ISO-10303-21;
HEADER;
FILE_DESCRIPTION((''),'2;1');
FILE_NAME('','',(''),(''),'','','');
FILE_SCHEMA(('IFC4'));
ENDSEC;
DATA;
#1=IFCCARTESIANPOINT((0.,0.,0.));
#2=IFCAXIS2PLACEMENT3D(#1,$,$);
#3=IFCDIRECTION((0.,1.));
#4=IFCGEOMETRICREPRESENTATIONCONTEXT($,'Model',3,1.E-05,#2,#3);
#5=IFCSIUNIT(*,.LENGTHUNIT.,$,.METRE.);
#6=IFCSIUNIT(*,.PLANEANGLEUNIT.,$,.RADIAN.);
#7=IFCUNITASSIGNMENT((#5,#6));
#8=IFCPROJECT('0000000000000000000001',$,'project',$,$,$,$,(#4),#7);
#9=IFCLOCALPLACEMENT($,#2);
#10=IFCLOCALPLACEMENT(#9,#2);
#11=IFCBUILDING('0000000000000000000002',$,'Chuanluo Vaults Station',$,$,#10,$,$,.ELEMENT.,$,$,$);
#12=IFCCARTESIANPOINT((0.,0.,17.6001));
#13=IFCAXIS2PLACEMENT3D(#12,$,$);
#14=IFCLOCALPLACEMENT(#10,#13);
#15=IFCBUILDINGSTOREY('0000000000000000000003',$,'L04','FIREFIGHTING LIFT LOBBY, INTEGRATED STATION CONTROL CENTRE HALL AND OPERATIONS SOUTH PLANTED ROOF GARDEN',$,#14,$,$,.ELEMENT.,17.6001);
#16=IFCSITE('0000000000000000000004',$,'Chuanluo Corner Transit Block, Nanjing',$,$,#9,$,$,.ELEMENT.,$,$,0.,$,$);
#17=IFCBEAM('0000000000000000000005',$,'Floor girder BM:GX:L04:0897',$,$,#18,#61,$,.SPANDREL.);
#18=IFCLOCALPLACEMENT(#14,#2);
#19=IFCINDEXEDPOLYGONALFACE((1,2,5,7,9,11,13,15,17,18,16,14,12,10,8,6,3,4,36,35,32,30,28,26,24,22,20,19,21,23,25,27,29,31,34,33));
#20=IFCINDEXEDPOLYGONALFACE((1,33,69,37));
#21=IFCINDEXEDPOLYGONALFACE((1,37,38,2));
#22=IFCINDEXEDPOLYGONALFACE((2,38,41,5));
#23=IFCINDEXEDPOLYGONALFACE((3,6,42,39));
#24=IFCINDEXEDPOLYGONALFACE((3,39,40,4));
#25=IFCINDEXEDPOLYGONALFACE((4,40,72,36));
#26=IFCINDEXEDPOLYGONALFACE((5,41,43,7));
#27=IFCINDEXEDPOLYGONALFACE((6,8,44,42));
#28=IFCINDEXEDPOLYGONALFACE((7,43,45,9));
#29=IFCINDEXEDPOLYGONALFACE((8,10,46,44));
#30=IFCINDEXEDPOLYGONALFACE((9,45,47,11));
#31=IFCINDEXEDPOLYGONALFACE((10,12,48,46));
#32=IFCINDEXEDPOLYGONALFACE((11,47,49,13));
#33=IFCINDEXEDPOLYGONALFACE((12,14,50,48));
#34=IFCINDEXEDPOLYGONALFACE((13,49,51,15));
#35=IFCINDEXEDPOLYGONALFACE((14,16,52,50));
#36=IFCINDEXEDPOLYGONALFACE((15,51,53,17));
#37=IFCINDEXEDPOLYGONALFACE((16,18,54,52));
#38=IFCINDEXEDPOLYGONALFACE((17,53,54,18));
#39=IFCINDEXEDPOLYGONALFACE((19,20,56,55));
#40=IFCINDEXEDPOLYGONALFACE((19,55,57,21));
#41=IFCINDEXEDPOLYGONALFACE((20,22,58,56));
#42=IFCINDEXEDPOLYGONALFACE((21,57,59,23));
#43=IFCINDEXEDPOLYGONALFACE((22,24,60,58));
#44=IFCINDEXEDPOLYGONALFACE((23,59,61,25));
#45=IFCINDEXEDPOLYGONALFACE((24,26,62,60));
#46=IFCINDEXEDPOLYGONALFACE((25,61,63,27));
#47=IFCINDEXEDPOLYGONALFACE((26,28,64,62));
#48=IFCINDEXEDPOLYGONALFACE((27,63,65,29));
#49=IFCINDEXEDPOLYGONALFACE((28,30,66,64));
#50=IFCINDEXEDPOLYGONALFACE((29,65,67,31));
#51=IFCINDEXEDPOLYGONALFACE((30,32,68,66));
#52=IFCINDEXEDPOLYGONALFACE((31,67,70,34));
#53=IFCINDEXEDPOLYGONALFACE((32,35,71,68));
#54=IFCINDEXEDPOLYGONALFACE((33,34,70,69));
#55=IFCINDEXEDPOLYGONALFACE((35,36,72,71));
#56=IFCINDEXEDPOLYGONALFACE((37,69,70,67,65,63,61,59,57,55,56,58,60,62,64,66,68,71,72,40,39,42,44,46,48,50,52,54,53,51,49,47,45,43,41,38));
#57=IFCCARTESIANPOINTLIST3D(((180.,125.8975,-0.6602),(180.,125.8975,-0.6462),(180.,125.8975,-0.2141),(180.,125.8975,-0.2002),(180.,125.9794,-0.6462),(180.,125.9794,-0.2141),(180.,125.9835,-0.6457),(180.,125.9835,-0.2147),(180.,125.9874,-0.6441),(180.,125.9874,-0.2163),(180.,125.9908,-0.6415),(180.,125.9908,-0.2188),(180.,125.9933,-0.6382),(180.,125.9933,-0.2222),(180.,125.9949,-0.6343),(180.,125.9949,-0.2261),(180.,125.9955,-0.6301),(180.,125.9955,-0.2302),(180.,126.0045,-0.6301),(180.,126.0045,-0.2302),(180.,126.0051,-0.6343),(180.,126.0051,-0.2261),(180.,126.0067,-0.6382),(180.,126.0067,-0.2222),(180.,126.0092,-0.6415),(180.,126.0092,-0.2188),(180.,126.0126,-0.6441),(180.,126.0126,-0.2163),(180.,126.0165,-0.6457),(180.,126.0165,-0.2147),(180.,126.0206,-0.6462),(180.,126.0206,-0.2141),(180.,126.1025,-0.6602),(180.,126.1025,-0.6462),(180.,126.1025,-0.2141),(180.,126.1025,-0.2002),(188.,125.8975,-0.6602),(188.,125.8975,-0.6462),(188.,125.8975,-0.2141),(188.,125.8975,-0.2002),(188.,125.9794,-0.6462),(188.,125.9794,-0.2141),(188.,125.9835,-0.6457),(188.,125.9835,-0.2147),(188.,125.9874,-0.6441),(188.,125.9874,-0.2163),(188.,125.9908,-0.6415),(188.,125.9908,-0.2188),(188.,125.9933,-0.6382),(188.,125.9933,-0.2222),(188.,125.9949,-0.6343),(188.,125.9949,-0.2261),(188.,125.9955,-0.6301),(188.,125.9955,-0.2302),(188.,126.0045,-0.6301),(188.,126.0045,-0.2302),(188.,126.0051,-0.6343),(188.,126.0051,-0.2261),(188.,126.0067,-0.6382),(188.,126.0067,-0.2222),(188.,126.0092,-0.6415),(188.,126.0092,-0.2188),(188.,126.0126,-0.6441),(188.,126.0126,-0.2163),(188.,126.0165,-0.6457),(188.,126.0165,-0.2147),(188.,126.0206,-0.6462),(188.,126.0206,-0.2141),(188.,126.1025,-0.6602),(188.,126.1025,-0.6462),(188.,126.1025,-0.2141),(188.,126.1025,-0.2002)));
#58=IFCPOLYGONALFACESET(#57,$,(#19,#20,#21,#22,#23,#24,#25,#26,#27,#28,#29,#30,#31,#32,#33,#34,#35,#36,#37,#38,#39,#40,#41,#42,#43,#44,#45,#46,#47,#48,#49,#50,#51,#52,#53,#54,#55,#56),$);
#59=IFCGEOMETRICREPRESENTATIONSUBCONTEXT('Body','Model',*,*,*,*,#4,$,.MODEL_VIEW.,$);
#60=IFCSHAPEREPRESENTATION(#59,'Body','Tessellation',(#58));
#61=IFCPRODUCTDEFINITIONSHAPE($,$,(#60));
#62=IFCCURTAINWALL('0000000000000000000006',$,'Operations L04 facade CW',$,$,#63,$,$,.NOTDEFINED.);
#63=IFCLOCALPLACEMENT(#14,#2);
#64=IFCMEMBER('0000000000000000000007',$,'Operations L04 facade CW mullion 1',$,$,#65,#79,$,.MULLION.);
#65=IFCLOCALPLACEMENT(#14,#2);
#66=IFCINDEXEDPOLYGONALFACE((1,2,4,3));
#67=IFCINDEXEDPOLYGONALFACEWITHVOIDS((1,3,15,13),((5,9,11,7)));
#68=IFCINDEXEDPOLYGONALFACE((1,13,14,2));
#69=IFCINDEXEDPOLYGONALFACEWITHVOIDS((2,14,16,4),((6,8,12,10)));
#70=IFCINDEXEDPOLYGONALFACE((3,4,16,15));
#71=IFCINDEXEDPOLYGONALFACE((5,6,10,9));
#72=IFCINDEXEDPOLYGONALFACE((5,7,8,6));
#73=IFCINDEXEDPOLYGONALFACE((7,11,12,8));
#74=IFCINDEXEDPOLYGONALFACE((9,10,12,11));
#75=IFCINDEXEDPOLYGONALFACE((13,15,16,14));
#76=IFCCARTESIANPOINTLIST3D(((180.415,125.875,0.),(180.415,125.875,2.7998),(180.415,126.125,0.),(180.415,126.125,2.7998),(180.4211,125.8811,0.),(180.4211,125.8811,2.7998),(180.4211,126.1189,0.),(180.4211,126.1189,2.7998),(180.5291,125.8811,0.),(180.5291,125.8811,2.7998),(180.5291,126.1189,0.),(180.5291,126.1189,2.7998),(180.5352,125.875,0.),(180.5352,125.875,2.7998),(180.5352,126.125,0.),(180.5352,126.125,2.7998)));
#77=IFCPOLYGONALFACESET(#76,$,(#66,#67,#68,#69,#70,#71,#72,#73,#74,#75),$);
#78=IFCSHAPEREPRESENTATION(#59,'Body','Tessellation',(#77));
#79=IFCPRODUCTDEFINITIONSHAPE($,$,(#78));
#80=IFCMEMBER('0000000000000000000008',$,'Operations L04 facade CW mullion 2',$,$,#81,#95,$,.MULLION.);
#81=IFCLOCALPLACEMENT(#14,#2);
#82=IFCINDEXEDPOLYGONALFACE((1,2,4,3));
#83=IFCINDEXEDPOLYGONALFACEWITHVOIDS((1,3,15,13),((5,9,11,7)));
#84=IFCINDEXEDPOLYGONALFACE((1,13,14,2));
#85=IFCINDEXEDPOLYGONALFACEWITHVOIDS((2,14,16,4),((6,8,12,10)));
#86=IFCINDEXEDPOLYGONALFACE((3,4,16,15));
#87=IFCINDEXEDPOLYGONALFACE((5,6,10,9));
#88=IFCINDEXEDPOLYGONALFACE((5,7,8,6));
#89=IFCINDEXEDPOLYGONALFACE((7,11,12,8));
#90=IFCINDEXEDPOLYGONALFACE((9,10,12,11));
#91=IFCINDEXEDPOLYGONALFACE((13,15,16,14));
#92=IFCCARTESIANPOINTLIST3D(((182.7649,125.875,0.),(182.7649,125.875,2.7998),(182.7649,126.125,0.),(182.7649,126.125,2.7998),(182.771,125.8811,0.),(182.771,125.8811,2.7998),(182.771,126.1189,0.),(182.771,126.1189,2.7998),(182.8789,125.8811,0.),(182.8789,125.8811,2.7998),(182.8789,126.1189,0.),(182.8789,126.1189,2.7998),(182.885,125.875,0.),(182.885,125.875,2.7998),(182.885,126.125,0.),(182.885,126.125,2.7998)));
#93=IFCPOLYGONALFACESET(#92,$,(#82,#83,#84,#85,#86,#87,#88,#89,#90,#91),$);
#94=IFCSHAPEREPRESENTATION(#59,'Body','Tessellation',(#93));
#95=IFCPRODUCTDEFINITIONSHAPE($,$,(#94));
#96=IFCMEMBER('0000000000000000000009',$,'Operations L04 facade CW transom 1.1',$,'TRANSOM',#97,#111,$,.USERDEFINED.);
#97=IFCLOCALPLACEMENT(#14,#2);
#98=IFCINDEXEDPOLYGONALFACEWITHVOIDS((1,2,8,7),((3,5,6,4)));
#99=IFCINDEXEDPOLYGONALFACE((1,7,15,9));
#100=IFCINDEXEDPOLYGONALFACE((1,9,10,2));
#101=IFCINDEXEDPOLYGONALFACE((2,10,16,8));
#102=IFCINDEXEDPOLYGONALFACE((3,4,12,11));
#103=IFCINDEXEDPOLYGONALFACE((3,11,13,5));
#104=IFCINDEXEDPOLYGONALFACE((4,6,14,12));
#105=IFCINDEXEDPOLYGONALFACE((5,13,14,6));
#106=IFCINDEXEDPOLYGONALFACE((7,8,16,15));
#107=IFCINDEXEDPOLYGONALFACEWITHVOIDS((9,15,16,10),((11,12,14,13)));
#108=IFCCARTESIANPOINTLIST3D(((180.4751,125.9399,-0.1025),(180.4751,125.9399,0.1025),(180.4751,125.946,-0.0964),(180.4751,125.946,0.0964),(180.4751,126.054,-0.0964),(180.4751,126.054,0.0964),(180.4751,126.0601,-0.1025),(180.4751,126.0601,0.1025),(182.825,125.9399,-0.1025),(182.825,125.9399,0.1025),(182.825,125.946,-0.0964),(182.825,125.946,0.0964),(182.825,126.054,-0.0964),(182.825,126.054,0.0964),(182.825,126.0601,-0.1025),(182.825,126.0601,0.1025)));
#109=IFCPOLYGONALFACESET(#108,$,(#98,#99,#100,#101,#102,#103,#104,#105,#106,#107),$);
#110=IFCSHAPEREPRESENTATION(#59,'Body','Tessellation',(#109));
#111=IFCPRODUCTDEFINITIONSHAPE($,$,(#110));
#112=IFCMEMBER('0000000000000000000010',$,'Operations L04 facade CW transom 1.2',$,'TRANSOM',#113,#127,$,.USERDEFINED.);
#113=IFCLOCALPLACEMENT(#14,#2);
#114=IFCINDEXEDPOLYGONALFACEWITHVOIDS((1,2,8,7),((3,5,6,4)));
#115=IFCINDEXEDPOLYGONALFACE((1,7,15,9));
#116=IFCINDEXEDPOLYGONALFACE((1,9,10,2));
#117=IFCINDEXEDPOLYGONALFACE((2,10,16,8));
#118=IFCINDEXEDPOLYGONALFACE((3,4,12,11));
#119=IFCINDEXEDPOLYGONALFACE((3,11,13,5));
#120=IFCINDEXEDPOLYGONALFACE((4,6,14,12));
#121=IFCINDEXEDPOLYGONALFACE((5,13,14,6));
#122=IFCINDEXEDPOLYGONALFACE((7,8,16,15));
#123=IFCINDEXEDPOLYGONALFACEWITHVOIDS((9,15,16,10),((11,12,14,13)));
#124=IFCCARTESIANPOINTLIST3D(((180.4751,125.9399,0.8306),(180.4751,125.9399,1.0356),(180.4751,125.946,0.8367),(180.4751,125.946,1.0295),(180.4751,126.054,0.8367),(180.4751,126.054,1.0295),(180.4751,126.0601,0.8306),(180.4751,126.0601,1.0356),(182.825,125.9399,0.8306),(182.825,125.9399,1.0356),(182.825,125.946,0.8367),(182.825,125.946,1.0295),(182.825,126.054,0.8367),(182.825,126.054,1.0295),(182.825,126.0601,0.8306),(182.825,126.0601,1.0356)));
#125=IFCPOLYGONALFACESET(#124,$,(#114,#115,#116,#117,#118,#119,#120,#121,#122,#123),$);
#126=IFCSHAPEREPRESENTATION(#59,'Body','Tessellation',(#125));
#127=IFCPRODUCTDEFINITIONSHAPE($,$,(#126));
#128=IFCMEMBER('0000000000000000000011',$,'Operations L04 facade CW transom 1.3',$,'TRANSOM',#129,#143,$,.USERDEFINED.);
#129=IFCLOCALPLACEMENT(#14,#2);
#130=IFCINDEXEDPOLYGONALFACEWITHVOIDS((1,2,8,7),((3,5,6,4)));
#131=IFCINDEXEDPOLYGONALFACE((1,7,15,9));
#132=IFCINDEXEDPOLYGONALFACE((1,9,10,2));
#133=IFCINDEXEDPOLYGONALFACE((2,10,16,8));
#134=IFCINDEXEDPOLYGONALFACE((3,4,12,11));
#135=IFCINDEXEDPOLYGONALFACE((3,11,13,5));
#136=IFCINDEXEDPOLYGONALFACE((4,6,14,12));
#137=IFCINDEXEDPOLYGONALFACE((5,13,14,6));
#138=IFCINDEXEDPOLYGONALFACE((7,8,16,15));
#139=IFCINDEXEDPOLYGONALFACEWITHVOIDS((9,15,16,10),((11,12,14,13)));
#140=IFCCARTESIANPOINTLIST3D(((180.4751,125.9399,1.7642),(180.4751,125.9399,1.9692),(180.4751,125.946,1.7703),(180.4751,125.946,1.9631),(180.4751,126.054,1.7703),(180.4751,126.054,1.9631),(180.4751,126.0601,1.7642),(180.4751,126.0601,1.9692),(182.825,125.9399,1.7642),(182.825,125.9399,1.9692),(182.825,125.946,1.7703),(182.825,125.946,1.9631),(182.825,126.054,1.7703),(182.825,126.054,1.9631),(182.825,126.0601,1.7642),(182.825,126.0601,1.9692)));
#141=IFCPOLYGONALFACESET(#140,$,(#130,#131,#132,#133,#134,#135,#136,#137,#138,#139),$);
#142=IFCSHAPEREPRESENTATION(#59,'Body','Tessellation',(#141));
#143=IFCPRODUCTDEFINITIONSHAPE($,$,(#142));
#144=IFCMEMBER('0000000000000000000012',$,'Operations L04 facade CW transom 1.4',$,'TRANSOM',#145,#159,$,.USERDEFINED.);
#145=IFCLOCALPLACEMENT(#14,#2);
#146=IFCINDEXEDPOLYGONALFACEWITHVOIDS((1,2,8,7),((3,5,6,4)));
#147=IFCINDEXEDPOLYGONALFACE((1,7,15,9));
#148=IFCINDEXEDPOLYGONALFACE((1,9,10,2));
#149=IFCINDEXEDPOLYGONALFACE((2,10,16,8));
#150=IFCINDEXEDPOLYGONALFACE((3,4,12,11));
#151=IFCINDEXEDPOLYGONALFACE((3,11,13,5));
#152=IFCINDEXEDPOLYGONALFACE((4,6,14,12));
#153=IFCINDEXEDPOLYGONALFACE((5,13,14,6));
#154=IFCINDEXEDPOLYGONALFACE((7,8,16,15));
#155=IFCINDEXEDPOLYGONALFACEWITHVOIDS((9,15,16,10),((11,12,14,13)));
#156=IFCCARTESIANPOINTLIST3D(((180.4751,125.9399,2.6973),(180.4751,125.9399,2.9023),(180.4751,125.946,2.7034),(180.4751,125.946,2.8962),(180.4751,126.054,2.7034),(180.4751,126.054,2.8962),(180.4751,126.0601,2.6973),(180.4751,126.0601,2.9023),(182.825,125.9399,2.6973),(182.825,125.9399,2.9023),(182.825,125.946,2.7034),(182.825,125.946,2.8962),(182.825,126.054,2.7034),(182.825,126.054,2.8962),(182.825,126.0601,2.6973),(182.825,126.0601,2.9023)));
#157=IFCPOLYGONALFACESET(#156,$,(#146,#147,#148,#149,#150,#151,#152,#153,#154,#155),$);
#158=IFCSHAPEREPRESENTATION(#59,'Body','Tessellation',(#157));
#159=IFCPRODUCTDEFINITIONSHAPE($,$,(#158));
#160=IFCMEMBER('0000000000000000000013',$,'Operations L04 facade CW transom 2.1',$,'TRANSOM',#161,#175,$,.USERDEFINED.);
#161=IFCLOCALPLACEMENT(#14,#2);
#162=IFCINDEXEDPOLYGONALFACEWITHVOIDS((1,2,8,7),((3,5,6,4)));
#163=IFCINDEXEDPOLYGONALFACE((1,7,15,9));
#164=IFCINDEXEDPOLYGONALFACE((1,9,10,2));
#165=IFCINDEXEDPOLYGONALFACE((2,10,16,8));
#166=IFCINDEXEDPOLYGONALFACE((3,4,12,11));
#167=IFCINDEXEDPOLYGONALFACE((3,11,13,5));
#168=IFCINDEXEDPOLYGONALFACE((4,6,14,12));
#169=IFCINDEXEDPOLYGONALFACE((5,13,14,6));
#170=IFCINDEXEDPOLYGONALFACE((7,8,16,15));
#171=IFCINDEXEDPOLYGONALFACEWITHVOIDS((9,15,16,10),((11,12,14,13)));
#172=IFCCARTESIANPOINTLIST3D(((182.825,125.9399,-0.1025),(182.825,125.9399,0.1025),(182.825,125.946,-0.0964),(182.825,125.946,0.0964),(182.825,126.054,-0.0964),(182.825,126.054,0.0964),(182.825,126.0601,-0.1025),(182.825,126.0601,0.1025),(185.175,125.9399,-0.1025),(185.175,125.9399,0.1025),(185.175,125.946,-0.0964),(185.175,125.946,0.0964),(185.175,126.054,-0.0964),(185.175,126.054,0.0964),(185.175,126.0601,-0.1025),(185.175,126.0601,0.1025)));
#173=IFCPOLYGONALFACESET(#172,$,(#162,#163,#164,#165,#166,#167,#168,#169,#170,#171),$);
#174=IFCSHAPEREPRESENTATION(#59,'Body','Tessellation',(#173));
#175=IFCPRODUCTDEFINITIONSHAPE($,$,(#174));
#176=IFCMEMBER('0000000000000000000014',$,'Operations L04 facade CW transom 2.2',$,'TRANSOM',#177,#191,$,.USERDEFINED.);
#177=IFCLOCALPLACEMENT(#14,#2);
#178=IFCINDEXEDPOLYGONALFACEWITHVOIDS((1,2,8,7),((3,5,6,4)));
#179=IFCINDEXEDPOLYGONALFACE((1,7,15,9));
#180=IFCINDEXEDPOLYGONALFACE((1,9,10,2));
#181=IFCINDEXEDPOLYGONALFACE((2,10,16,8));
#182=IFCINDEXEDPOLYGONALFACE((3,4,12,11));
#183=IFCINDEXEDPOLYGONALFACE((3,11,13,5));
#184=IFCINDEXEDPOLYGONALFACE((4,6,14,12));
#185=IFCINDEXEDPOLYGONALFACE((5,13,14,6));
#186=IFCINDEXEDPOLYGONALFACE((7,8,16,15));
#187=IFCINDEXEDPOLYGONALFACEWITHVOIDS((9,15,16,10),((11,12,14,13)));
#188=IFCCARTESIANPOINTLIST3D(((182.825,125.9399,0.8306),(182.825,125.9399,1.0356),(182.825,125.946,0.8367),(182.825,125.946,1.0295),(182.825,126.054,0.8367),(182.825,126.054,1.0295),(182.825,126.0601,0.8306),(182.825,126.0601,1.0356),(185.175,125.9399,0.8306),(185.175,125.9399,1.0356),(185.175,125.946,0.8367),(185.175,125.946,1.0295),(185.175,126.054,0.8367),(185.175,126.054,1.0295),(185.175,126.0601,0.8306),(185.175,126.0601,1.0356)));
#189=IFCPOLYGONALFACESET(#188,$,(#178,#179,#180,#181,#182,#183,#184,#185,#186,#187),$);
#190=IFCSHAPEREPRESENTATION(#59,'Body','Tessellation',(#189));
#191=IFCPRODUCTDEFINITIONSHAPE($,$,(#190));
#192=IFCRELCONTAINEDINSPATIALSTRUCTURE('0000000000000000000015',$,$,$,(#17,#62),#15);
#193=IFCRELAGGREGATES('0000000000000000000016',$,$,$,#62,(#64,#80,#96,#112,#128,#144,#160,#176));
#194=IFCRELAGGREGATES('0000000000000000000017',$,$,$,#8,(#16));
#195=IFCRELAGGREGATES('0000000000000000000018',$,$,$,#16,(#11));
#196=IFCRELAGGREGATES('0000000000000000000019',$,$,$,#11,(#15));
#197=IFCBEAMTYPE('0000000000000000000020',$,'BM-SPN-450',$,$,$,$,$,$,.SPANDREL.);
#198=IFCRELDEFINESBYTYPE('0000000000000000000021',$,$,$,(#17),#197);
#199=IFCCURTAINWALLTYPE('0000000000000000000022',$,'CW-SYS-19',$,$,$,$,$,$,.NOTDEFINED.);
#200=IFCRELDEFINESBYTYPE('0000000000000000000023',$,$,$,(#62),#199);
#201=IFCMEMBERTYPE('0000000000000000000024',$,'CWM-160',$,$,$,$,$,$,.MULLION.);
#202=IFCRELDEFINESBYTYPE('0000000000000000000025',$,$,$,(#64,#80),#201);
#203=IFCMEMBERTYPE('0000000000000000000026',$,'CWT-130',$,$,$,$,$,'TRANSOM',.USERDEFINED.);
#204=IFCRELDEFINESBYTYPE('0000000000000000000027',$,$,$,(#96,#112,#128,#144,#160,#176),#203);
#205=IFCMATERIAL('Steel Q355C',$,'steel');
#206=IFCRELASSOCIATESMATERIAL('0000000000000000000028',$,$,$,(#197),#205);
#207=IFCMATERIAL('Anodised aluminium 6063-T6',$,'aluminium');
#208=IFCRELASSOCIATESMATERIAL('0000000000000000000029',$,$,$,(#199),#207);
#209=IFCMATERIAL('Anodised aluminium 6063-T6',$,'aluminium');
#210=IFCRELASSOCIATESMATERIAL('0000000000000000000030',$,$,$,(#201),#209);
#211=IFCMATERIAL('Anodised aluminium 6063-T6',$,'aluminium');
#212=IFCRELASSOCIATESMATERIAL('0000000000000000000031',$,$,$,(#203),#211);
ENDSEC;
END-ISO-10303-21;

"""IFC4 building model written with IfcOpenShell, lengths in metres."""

from ifc_helpers import new_model, si_unit, direction, frame, origin, origin_2d, place, context, subcontext, project, spatial, hollow_rectangle, i_section, extrude, material, material_profile, profile_set, type_object, element, aggregate, save


model = new_model("IFC4")

# Units and contexts
model_context = context("Model", 3, precision=1e-05, world=origin(), true_north=direction((0.0, 1.0)))
body_context = subcontext(model_context, "Body", "Model", "MODEL_VIEW")
ifc_project = project(units=[si_unit("LENGTHUNIT", "METRE"), si_unit("PLANEANGLEUNIT", "RADIAN")], contexts=[model_context])

# Site, building, storey
site_placement = place(None, origin())
site = spatial("IfcSite", under=ifc_project, at=site_placement, Name="Chuanluo Corner Transit Block, Nanjing", CompositionType="ELEMENT", RefElevation=0.0)
building_placement = place(site_placement, origin())
building = spatial("IfcBuilding", under=site, at=building_placement, Name="Chuanluo Vaults Station", CompositionType="ELEMENT")
storey_placement = place(building_placement, frame((0.0, 0.0, 17.6001)))
storey = spatial("IfcBuildingStorey", under=building, at=storey_placement, Name="L04", Description="FIREFIGHTING LIFT LOBBY, INTEGRATED STATION CONTROL CENTRE HALL AND OPERATIONS SOUTH PLANTED ROOF GARDEN", CompositionType="ELEMENT", Elevation=17.6001)

# Beam
ifc_material_1 = material(Name="Steel Q355C", Category="steel")
ifc_material_profile_1 = material_profile(ifc_material_1, i_section(OverallWidth=0.2051, OverallDepth=0.46, WebThickness=0.009, FlangeThickness=0.0139, FilletRadius=0.0161, at=origin_2d()))
ifc_profile_set_1 = profile_set([ifc_material_profile_1], Name="Steel Q355C")
beam_type_1 = type_object("IfcBeamType", Name="BM-SPN-450", PredefinedType="SPANDREL", material=ifc_profile_set_1)
beam_1_placement = place(storey_placement, frame((180.0, 126.0, -0.4302), z_axis=(1.0, 0.0, 0.0), x_axis=(0.0, 1.0, 0.0)))
element("IfcBeam", 1, at=beam_1_placement, inside=storey, type_object=beam_type_1, Name="Floor girder BM:GX:L04:0897", PredefinedType="SPANDREL", context=body_context, shape_type="SweptSolid", body=[
    extrude(i_section(OverallWidth=0.2051, OverallDepth=0.46, WebThickness=0.009, FlangeThickness=0.0139, FilletRadius=0.0161, at=origin_2d()), origin(), (0.0, 0.0, 1.0), 8.0),
])

# Curtain wall, members
ifc_material_2 = material(Name="Anodised aluminium 6063-T6", Category="aluminium")
curtain_wall_type = type_object("IfcCurtainWallType", Name="CW-SYS-19", PredefinedType="NOTDEFINED", material=ifc_material_2)
curtain_wall_placement = place(storey_placement, origin())
curtain_wall = element("IfcCurtainWall", 2, at=curtain_wall_placement, inside=storey, type_object=curtain_wall_type, Name="Operations L04 facade CW", PredefinedType="NOTDEFINED")
ifc_material_3 = material(Name="Anodised aluminium 6063-T6", Category="aluminium")
ifc_material_profile_2 = material_profile(ifc_material_3, hollow_rectangle(XDim=0.1201, YDim=0.25, WallThickness=0.0061, at=origin_2d()))
ifc_profile_set_2 = profile_set([ifc_material_profile_2], Name="Anodised aluminium 6063-T6")
member_type_1 = type_object("IfcMemberType", Name="CWM-160", PredefinedType="MULLION", material=ifc_profile_set_2)
member_1_placement = place(storey_placement, frame((180.4751, 126.0, 0.0), z_axis=(0.0, 0.0, 1.0), x_axis=(1.0, 0.0, 0.0)))
member_1 = element("IfcMember", 3, at=member_1_placement, type_object=member_type_1, Name="Operations L04 facade CW mullion 1", PredefinedType="MULLION", context=body_context, shape_type="SweptSolid", body=[
    extrude(hollow_rectangle(XDim=0.1201, YDim=0.25, WallThickness=0.0061, at=origin_2d()), origin(), (0.0, 0.0, 1.0), 2.7998),
])
member_2_placement = place(storey_placement, frame((182.825, 126.0, 0.0), z_axis=(0.0, 0.0, 1.0), x_axis=(1.0, 0.0, 0.0)))
member_2 = element("IfcMember", 4, at=member_2_placement, type_object=member_type_1, Name="Operations L04 facade CW mullion 2", PredefinedType="MULLION", context=body_context, shape_type="SweptSolid", body=[
    extrude(hollow_rectangle(XDim=0.1201, YDim=0.25, WallThickness=0.0061, at=origin_2d()), origin(), (0.0, 0.0, 1.0), 2.7998),
])
ifc_material_4 = material(Name="Anodised aluminium 6063-T6", Category="aluminium")
ifc_material_profile_3 = material_profile(ifc_material_4, hollow_rectangle(XDim=0.1201, YDim=0.2051, WallThickness=0.0061, at=origin_2d()))
ifc_profile_set_3 = profile_set([ifc_material_profile_3], Name="Anodised aluminium 6063-T6")
member_type_2 = type_object("IfcMemberType", Name="CWT-130", ElementType="TRANSOM", PredefinedType="USERDEFINED", material=ifc_profile_set_3)
member_3_placement = place(storey_placement, frame((180.4751, 126.0, 0.0), z_axis=(1.0, 0.0, 0.0), x_axis=(0.0, 1.0, 0.0)))
member_3 = element("IfcMember", 5, at=member_3_placement, type_object=member_type_2, Name="Operations L04 facade CW transom 1.1", ObjectType="TRANSOM", PredefinedType="USERDEFINED", context=body_context, shape_type="SweptSolid", body=[
    extrude(hollow_rectangle(XDim=0.1201, YDim=0.2051, WallThickness=0.0061, at=origin_2d()), origin(), (0.0, 0.0, 1.0), 2.3499),
])
member_4_placement = place(storey_placement, frame((180.4751, 126.0, 0.9331), z_axis=(1.0, 0.0, 0.0), x_axis=(0.0, 1.0, 0.0)))
member_4 = element("IfcMember", 6, at=member_4_placement, type_object=member_type_2, Name="Operations L04 facade CW transom 1.2", ObjectType="TRANSOM", PredefinedType="USERDEFINED", context=body_context, shape_type="SweptSolid", body=[
    extrude(hollow_rectangle(XDim=0.1201, YDim=0.2051, WallThickness=0.0061, at=origin_2d()), origin(), (0.0, 0.0, 1.0), 2.3499),
])
member_5_placement = place(storey_placement, frame((180.4751, 126.0, 1.8667), z_axis=(1.0, 0.0, 0.0), x_axis=(0.0, 1.0, 0.0)))
member_5 = element("IfcMember", 7, at=member_5_placement, type_object=member_type_2, Name="Operations L04 facade CW transom 1.3", ObjectType="TRANSOM", PredefinedType="USERDEFINED", context=body_context, shape_type="SweptSolid", body=[
    extrude(hollow_rectangle(XDim=0.1201, YDim=0.2051, WallThickness=0.0061, at=origin_2d()), origin(), (0.0, 0.0, 1.0), 2.3499),
])
member_6_placement = place(storey_placement, frame((180.4751, 126.0, 2.7998), z_axis=(1.0, 0.0, 0.0), x_axis=(0.0, 1.0, 0.0)))
member_6 = element("IfcMember", 8, at=member_6_placement, type_object=member_type_2, Name="Operations L04 facade CW transom 1.4", ObjectType="TRANSOM", PredefinedType="USERDEFINED", context=body_context, shape_type="SweptSolid", body=[
    extrude(hollow_rectangle(XDim=0.1201, YDim=0.2051, WallThickness=0.0061, at=origin_2d()), origin(), (0.0, 0.0, 1.0), 2.3499),
])
member_7_placement = place(storey_placement, frame((182.825, 126.0, 0.0), z_axis=(1.0, 0.0, 0.0), x_axis=(0.0, 1.0, 0.0)))
member_7 = element("IfcMember", 9, at=member_7_placement, type_object=member_type_2, Name="Operations L04 facade CW transom 2.1", ObjectType="TRANSOM", PredefinedType="USERDEFINED", context=body_context, shape_type="SweptSolid", body=[
    extrude(hollow_rectangle(XDim=0.1201, YDim=0.2051, WallThickness=0.0061, at=origin_2d()), origin(), (0.0, 0.0, 1.0), 2.3501),
])
member_8_placement = place(storey_placement, frame((182.825, 126.0, 0.9331), z_axis=(1.0, 0.0, 0.0), x_axis=(0.0, 1.0, 0.0)))
member_8 = element("IfcMember", 10, at=member_8_placement, type_object=member_type_2, Name="Operations L04 facade CW transom 2.2", ObjectType="TRANSOM", PredefinedType="USERDEFINED", context=body_context, shape_type="SweptSolid", body=[
    extrude(hollow_rectangle(XDim=0.1201, YDim=0.2051, WallThickness=0.0061, at=origin_2d()), origin(), (0.0, 0.0, 1.0), 2.3501),
])
aggregate(curtain_wall, [member_1, member_2, member_3, member_4, member_5, member_6, member_7, member_8])

save(model, "model.ifc")
